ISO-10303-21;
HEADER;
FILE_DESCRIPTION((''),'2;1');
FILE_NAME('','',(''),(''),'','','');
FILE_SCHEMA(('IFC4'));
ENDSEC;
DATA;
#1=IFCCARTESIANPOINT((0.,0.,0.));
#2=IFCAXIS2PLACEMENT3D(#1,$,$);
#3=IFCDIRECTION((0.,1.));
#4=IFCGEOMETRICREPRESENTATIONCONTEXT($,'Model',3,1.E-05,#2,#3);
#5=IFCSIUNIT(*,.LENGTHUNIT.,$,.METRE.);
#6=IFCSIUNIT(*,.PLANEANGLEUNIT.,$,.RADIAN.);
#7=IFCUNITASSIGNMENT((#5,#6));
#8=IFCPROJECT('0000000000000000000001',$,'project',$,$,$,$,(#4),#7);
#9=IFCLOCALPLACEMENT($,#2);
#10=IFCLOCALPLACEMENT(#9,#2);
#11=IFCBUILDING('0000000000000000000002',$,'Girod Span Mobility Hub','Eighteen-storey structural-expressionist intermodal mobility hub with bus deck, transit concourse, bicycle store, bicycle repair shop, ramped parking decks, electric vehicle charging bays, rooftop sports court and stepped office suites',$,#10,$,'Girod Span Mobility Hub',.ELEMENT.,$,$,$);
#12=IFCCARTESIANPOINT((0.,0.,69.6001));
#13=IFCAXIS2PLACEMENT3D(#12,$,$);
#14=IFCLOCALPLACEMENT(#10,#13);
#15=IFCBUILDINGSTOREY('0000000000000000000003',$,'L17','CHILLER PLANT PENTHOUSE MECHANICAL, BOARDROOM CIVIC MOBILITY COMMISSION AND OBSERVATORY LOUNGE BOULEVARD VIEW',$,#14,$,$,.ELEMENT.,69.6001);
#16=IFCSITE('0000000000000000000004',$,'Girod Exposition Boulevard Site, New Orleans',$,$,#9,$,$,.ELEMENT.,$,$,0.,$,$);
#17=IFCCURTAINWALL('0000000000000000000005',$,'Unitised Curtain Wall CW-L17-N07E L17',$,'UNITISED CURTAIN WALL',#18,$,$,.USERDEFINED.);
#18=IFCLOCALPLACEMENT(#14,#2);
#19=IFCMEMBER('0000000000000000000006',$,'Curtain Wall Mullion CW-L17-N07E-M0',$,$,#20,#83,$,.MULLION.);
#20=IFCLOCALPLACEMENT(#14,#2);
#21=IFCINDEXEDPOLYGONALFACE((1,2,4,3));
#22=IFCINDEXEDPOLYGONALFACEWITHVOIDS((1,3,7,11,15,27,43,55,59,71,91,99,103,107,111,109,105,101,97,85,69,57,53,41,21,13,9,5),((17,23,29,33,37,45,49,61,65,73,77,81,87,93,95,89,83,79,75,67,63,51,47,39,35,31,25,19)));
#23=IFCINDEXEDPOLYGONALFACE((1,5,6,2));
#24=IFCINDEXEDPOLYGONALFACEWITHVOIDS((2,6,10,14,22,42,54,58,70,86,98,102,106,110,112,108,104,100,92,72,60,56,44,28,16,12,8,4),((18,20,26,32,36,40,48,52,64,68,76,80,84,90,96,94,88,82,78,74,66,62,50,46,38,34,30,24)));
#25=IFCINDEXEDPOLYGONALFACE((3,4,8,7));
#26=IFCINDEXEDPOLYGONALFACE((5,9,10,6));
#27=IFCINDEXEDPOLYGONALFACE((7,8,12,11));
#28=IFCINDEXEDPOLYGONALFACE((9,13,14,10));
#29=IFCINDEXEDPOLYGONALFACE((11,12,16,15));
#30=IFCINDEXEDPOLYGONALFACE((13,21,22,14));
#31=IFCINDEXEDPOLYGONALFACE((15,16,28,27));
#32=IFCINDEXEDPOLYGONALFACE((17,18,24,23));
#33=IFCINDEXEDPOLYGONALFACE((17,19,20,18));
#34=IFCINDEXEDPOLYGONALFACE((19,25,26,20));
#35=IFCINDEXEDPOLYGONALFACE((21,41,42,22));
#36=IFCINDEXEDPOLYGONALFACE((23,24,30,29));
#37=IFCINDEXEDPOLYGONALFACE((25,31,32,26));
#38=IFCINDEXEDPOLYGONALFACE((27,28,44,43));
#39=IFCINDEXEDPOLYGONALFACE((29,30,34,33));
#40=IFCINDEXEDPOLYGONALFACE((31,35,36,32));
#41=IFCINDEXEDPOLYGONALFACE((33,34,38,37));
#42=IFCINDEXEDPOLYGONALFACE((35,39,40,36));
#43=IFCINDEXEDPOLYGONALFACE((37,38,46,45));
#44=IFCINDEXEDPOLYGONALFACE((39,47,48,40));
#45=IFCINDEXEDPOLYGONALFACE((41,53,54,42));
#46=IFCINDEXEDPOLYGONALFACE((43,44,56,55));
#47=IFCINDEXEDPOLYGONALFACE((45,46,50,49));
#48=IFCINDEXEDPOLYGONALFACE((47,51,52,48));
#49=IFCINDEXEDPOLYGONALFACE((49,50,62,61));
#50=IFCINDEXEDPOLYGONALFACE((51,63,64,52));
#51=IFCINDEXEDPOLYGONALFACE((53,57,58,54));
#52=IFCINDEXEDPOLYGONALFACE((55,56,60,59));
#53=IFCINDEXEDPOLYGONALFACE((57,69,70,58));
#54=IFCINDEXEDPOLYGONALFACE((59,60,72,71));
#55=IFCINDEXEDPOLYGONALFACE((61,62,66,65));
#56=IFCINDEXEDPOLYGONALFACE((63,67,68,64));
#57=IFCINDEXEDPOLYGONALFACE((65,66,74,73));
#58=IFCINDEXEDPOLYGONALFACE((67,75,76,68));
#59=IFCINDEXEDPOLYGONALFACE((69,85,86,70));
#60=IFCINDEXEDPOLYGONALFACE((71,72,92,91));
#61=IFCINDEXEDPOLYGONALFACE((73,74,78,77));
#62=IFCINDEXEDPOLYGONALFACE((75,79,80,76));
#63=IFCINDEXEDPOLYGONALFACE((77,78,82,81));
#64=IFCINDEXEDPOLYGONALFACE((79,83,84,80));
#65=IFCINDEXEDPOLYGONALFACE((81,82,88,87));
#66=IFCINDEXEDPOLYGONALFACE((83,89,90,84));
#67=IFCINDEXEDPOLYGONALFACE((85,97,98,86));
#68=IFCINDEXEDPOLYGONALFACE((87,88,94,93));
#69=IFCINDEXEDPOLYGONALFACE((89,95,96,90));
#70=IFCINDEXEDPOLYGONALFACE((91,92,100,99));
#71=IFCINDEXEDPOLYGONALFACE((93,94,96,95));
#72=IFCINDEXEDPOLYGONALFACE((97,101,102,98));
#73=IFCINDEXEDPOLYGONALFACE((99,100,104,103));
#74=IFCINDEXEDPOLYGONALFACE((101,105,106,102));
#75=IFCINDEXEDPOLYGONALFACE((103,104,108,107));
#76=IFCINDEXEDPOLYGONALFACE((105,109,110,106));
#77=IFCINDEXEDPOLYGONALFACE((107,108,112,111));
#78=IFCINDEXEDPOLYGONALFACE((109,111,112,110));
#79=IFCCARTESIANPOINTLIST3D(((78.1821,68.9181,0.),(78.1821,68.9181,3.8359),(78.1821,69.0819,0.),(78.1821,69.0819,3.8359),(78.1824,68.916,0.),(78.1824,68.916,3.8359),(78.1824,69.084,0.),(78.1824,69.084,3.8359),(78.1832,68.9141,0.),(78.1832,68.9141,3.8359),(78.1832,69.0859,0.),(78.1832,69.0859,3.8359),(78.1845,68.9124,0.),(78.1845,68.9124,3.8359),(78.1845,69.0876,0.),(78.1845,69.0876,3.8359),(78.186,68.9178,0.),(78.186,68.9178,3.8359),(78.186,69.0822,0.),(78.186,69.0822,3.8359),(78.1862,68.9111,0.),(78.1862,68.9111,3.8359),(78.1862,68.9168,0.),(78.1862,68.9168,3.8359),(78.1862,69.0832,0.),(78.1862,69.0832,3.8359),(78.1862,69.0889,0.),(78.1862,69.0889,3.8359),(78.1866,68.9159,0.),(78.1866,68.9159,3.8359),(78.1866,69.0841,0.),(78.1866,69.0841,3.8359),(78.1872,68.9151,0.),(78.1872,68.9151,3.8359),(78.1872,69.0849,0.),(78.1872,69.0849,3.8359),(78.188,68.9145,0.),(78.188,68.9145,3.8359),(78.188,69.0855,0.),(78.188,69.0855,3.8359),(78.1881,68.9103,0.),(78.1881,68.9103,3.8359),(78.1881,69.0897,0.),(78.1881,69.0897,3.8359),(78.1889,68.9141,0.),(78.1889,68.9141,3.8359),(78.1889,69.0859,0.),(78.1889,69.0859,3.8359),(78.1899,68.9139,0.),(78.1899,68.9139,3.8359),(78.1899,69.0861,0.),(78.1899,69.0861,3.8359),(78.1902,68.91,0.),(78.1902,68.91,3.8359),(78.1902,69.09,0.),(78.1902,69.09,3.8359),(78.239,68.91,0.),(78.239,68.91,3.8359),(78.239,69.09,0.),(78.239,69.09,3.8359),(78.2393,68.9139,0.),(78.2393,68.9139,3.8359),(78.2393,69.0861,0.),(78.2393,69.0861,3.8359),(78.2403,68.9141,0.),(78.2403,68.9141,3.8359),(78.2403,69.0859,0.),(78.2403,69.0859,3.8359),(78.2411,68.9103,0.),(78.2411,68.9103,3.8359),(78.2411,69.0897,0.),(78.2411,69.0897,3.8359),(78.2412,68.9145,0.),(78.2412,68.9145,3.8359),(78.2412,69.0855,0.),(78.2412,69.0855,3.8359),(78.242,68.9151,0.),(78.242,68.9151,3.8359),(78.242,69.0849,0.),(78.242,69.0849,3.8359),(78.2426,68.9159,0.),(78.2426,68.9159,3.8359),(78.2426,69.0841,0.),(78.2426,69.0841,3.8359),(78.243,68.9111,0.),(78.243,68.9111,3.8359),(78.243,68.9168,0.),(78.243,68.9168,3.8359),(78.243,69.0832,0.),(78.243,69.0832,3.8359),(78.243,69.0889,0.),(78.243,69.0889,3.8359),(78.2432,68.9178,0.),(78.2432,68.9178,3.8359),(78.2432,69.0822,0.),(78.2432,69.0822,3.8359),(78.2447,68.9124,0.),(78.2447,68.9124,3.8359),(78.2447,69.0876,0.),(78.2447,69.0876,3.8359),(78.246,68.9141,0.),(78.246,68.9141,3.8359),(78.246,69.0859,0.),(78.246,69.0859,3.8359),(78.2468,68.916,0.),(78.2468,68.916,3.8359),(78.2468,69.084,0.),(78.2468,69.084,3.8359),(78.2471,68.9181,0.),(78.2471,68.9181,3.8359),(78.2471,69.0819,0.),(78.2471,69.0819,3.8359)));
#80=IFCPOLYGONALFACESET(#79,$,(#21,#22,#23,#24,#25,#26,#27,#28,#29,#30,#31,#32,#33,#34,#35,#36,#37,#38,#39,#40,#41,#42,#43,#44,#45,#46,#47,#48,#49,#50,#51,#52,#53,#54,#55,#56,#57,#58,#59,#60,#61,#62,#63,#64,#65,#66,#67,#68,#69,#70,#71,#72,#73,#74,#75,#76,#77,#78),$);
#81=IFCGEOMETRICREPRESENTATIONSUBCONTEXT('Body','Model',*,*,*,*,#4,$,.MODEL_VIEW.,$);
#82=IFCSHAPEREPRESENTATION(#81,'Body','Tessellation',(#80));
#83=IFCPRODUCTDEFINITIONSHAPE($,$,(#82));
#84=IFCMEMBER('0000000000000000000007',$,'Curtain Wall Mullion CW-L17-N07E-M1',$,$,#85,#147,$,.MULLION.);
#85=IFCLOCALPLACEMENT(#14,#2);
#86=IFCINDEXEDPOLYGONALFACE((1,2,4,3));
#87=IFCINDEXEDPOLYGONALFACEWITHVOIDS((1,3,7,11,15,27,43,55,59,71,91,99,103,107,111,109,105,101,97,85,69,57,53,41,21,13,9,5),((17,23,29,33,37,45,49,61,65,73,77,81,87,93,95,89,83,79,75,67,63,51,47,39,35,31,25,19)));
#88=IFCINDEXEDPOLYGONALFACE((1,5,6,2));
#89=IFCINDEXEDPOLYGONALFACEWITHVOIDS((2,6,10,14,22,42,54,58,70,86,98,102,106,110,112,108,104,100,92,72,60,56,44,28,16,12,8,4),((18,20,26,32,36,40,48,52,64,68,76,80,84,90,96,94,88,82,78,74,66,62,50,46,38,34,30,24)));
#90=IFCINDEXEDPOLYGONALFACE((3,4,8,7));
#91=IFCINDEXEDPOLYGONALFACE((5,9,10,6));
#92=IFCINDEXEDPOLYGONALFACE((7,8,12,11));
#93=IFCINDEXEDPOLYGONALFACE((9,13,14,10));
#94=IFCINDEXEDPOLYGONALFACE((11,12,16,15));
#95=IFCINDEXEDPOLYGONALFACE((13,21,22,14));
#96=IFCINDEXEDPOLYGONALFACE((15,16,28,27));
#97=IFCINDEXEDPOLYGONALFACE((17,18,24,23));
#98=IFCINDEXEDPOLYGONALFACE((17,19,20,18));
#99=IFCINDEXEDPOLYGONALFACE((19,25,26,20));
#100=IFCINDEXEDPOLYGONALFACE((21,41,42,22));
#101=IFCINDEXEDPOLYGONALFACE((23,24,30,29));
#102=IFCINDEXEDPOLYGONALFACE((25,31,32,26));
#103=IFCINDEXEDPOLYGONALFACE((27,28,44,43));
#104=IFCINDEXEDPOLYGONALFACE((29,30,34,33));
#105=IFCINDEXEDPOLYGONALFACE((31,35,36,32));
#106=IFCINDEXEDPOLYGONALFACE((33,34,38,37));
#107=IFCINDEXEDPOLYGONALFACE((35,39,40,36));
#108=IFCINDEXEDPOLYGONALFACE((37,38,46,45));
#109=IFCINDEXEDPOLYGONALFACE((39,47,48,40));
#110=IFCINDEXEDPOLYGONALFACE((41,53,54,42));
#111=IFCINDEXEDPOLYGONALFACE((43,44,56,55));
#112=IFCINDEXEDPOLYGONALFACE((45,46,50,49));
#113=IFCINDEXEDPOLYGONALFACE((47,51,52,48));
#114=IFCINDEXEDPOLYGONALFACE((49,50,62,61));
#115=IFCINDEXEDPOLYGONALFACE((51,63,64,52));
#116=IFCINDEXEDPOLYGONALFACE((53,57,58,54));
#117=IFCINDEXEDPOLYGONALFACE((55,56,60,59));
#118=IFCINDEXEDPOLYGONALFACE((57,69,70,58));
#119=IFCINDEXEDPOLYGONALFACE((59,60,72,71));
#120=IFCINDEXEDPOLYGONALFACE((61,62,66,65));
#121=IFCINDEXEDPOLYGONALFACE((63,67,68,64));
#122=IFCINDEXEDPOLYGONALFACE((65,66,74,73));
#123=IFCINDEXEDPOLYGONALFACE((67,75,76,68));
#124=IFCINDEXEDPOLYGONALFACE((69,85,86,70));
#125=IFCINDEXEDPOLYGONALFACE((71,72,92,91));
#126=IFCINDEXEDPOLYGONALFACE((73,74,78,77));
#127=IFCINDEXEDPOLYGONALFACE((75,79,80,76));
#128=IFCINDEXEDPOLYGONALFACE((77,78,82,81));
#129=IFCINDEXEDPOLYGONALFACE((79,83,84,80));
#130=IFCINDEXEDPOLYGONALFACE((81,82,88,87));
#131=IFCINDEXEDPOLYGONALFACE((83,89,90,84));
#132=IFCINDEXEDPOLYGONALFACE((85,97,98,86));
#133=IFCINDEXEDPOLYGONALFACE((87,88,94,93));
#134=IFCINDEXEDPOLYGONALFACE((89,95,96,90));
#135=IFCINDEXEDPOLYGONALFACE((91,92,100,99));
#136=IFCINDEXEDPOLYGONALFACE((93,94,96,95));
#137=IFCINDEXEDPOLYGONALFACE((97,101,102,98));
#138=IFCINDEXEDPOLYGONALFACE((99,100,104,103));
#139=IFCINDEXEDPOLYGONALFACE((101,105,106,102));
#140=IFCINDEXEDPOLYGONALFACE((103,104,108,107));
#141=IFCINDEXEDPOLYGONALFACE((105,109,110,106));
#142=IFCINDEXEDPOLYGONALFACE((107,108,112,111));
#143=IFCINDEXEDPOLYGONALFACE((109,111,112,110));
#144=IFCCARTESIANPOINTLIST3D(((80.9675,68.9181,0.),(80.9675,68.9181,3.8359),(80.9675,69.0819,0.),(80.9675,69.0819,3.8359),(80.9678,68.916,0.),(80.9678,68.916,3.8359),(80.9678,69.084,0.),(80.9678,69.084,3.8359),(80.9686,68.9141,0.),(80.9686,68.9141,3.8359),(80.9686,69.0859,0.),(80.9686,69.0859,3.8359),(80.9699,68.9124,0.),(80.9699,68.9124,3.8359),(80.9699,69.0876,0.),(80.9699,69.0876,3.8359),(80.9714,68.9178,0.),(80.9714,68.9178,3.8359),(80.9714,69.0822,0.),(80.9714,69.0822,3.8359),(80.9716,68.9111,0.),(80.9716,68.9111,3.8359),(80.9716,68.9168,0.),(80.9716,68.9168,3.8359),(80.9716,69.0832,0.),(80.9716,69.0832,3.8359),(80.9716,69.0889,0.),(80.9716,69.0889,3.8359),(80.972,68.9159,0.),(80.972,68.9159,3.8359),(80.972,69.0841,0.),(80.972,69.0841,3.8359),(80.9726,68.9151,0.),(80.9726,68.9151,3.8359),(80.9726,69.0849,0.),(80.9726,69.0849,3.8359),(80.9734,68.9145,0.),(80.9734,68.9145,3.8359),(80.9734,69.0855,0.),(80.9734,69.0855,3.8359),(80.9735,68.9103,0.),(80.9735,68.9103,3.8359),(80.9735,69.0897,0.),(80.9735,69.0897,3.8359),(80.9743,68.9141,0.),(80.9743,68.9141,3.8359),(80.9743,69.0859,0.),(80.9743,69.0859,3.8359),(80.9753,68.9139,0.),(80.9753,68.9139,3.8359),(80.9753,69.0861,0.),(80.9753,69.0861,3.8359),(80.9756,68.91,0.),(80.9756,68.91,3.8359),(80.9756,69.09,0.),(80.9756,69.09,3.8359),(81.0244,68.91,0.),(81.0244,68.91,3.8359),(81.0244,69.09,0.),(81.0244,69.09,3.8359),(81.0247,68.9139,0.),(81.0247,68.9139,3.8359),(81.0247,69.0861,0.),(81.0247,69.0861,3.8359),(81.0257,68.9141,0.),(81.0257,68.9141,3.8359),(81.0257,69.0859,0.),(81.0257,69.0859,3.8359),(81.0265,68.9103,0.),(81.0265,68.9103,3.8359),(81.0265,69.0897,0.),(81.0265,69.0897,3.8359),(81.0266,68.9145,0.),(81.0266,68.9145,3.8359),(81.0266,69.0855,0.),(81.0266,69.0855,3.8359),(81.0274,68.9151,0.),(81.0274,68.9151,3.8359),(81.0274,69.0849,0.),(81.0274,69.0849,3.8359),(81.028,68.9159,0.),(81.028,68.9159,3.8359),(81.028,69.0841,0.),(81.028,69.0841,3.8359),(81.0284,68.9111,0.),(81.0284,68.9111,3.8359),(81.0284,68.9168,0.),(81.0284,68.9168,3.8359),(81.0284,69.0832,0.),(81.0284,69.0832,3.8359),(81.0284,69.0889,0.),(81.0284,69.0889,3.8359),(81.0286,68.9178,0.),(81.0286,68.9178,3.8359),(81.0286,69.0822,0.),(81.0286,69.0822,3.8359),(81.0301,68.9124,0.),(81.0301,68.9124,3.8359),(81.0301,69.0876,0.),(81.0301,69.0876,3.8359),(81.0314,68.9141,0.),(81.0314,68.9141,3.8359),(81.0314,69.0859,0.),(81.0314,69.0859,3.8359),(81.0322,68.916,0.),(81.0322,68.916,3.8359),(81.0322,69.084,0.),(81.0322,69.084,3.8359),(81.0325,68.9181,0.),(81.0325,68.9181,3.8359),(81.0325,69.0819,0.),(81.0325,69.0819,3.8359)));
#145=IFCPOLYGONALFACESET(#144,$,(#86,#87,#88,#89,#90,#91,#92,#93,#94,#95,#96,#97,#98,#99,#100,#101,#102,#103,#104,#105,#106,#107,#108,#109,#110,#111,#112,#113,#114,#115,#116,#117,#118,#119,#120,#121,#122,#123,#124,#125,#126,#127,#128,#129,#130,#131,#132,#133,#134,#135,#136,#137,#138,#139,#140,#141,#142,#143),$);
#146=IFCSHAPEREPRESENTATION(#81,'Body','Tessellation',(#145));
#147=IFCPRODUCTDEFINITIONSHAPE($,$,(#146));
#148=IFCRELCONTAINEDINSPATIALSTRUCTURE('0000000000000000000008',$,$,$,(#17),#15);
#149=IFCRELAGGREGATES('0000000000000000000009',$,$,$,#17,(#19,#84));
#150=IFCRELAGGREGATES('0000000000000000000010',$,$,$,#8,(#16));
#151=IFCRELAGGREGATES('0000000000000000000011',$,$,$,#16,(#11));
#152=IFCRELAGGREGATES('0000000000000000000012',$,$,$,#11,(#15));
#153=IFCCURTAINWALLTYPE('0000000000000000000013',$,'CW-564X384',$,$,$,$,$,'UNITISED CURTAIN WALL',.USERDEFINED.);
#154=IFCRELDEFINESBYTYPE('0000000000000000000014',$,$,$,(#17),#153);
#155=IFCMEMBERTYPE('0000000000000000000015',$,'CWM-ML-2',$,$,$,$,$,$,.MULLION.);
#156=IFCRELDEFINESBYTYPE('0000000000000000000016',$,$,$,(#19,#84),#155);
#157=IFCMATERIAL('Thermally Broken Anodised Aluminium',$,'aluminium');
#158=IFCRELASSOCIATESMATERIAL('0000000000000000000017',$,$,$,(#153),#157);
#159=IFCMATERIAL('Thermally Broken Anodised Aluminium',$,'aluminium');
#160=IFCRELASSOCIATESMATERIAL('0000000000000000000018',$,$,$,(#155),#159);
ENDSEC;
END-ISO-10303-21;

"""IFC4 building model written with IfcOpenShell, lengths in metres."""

from ifc_helpers import new_model, si_unit, direction, frame, origin, origin_2d, place, context, subcontext, project, spatial, hollow_rectangle, extrude, material, material_profile, profile_set, type_object, element, aggregate, save


model = new_model("IFC4")

# Units and contexts
model_context = context("Model", 3, precision=1e-05, world=origin(), true_north=direction((0.0, 1.0)))
body_context = subcontext(model_context, "Body", "Model", "MODEL_VIEW")
ifc_project = project(units=[si_unit("LENGTHUNIT", "METRE"), si_unit("PLANEANGLEUNIT", "RADIAN")], contexts=[model_context])

# Site, building, storey
site_placement = place(None, origin())
site = spatial("IfcSite", under=ifc_project, at=site_placement, Name="Girod Exposition Boulevard Site, New Orleans", CompositionType="ELEMENT", RefElevation=0.0)
building_placement = place(site_placement, origin())
building = spatial("IfcBuilding", under=site, at=building_placement, Name="Girod Span Mobility Hub", Description="Eighteen-storey structural-expressionist intermodal mobility hub with bus deck, transit concourse, bicycle store, bicycle repair shop, ramped parking decks, electric vehicle charging bays, rooftop sports court and stepped office suites", LongName="Girod Span Mobility Hub", CompositionType="ELEMENT")
storey_placement = place(building_placement, frame((0.0, 0.0, 69.6001)))
storey = spatial("IfcBuildingStorey", under=building, at=storey_placement, Name="L17", Description="CHILLER PLANT PENTHOUSE MECHANICAL, BOARDROOM CIVIC MOBILITY COMMISSION AND OBSERVATORY LOUNGE BOULEVARD VIEW", CompositionType="ELEMENT", Elevation=69.6001)

# Curtain wall, members
ifc_material_1 = material(Name="Thermally Broken Anodised Aluminium", Category="aluminium")
curtain_wall_type = type_object("IfcCurtainWallType", Name="CW-564X384", ElementType="UNITISED CURTAIN WALL", PredefinedType="USERDEFINED", material=ifc_material_1)
ifc_material_2 = material(Name="Thermally Broken Anodised Aluminium", Category="aluminium")
ifc_material_profile_1 = material_profile(ifc_material_2, hollow_rectangle(XDim=0.1799, YDim=0.0649, WallThickness=0.0039, InnerFilletRadius=0.0039, OuterFilletRadius=0.0081, at=origin_2d()), Name="CW-ML-65X180")
ifc_profile_set_1 = profile_set([ifc_material_profile_1], Name="Thermally Broken Anodised Aluminium")
member_type_1 = type_object("IfcMemberType", Name="CWM-ML-2", PredefinedType="MULLION", material=ifc_profile_set_1)
curtain_wall_1_placement = place(storey_placement, origin())
curtain_wall_1 = element("IfcCurtainWall", 1, at=curtain_wall_1_placement, inside=storey, type_object=curtain_wall_type, Name="Unitised Curtain Wall CW-L17-N07E L17", ObjectType="UNITISED CURTAIN WALL", PredefinedType="USERDEFINED")
member_1_placement = place(storey_placement, frame((78.2146, 69.0, 0.0), z_axis=(0.0, 0.0, 1.0), x_axis=(0.0, 1.0, 0.0)))
member_1 = element("IfcMember", 2, at=member_1_placement, type_object=member_type_1, Name="Curtain Wall Mullion CW-L17-N07E-M0", PredefinedType="MULLION", context=body_context, shape_type="SweptSolid", body=[
    extrude(hollow_rectangle(XDim=0.1799, YDim=0.0649, WallThickness=0.0039, InnerFilletRadius=0.0039, OuterFilletRadius=0.0081, at=origin_2d()), origin(), (0.0, 0.0, 1.0), 3.8359),
])
member_2_placement = place(storey_placement, frame((81.0, 69.0, 0.0), z_axis=(0.0, 0.0, 1.0), x_axis=(0.0, 1.0, 0.0)))
member_2 = element("IfcMember", 3, at=member_2_placement, type_object=member_type_1, Name="Curtain Wall Mullion CW-L17-N07E-M1", PredefinedType="MULLION", context=body_context, shape_type="SweptSolid", body=[
    extrude(hollow_rectangle(XDim=0.1799, YDim=0.0649, WallThickness=0.0039, InnerFilletRadius=0.0039, OuterFilletRadius=0.0081, at=origin_2d()), origin(), (0.0, 0.0, 1.0), 3.8359),
])

aggregate(curtain_wall_1, [member_1, member_2])

save(model, "model.ifc")
